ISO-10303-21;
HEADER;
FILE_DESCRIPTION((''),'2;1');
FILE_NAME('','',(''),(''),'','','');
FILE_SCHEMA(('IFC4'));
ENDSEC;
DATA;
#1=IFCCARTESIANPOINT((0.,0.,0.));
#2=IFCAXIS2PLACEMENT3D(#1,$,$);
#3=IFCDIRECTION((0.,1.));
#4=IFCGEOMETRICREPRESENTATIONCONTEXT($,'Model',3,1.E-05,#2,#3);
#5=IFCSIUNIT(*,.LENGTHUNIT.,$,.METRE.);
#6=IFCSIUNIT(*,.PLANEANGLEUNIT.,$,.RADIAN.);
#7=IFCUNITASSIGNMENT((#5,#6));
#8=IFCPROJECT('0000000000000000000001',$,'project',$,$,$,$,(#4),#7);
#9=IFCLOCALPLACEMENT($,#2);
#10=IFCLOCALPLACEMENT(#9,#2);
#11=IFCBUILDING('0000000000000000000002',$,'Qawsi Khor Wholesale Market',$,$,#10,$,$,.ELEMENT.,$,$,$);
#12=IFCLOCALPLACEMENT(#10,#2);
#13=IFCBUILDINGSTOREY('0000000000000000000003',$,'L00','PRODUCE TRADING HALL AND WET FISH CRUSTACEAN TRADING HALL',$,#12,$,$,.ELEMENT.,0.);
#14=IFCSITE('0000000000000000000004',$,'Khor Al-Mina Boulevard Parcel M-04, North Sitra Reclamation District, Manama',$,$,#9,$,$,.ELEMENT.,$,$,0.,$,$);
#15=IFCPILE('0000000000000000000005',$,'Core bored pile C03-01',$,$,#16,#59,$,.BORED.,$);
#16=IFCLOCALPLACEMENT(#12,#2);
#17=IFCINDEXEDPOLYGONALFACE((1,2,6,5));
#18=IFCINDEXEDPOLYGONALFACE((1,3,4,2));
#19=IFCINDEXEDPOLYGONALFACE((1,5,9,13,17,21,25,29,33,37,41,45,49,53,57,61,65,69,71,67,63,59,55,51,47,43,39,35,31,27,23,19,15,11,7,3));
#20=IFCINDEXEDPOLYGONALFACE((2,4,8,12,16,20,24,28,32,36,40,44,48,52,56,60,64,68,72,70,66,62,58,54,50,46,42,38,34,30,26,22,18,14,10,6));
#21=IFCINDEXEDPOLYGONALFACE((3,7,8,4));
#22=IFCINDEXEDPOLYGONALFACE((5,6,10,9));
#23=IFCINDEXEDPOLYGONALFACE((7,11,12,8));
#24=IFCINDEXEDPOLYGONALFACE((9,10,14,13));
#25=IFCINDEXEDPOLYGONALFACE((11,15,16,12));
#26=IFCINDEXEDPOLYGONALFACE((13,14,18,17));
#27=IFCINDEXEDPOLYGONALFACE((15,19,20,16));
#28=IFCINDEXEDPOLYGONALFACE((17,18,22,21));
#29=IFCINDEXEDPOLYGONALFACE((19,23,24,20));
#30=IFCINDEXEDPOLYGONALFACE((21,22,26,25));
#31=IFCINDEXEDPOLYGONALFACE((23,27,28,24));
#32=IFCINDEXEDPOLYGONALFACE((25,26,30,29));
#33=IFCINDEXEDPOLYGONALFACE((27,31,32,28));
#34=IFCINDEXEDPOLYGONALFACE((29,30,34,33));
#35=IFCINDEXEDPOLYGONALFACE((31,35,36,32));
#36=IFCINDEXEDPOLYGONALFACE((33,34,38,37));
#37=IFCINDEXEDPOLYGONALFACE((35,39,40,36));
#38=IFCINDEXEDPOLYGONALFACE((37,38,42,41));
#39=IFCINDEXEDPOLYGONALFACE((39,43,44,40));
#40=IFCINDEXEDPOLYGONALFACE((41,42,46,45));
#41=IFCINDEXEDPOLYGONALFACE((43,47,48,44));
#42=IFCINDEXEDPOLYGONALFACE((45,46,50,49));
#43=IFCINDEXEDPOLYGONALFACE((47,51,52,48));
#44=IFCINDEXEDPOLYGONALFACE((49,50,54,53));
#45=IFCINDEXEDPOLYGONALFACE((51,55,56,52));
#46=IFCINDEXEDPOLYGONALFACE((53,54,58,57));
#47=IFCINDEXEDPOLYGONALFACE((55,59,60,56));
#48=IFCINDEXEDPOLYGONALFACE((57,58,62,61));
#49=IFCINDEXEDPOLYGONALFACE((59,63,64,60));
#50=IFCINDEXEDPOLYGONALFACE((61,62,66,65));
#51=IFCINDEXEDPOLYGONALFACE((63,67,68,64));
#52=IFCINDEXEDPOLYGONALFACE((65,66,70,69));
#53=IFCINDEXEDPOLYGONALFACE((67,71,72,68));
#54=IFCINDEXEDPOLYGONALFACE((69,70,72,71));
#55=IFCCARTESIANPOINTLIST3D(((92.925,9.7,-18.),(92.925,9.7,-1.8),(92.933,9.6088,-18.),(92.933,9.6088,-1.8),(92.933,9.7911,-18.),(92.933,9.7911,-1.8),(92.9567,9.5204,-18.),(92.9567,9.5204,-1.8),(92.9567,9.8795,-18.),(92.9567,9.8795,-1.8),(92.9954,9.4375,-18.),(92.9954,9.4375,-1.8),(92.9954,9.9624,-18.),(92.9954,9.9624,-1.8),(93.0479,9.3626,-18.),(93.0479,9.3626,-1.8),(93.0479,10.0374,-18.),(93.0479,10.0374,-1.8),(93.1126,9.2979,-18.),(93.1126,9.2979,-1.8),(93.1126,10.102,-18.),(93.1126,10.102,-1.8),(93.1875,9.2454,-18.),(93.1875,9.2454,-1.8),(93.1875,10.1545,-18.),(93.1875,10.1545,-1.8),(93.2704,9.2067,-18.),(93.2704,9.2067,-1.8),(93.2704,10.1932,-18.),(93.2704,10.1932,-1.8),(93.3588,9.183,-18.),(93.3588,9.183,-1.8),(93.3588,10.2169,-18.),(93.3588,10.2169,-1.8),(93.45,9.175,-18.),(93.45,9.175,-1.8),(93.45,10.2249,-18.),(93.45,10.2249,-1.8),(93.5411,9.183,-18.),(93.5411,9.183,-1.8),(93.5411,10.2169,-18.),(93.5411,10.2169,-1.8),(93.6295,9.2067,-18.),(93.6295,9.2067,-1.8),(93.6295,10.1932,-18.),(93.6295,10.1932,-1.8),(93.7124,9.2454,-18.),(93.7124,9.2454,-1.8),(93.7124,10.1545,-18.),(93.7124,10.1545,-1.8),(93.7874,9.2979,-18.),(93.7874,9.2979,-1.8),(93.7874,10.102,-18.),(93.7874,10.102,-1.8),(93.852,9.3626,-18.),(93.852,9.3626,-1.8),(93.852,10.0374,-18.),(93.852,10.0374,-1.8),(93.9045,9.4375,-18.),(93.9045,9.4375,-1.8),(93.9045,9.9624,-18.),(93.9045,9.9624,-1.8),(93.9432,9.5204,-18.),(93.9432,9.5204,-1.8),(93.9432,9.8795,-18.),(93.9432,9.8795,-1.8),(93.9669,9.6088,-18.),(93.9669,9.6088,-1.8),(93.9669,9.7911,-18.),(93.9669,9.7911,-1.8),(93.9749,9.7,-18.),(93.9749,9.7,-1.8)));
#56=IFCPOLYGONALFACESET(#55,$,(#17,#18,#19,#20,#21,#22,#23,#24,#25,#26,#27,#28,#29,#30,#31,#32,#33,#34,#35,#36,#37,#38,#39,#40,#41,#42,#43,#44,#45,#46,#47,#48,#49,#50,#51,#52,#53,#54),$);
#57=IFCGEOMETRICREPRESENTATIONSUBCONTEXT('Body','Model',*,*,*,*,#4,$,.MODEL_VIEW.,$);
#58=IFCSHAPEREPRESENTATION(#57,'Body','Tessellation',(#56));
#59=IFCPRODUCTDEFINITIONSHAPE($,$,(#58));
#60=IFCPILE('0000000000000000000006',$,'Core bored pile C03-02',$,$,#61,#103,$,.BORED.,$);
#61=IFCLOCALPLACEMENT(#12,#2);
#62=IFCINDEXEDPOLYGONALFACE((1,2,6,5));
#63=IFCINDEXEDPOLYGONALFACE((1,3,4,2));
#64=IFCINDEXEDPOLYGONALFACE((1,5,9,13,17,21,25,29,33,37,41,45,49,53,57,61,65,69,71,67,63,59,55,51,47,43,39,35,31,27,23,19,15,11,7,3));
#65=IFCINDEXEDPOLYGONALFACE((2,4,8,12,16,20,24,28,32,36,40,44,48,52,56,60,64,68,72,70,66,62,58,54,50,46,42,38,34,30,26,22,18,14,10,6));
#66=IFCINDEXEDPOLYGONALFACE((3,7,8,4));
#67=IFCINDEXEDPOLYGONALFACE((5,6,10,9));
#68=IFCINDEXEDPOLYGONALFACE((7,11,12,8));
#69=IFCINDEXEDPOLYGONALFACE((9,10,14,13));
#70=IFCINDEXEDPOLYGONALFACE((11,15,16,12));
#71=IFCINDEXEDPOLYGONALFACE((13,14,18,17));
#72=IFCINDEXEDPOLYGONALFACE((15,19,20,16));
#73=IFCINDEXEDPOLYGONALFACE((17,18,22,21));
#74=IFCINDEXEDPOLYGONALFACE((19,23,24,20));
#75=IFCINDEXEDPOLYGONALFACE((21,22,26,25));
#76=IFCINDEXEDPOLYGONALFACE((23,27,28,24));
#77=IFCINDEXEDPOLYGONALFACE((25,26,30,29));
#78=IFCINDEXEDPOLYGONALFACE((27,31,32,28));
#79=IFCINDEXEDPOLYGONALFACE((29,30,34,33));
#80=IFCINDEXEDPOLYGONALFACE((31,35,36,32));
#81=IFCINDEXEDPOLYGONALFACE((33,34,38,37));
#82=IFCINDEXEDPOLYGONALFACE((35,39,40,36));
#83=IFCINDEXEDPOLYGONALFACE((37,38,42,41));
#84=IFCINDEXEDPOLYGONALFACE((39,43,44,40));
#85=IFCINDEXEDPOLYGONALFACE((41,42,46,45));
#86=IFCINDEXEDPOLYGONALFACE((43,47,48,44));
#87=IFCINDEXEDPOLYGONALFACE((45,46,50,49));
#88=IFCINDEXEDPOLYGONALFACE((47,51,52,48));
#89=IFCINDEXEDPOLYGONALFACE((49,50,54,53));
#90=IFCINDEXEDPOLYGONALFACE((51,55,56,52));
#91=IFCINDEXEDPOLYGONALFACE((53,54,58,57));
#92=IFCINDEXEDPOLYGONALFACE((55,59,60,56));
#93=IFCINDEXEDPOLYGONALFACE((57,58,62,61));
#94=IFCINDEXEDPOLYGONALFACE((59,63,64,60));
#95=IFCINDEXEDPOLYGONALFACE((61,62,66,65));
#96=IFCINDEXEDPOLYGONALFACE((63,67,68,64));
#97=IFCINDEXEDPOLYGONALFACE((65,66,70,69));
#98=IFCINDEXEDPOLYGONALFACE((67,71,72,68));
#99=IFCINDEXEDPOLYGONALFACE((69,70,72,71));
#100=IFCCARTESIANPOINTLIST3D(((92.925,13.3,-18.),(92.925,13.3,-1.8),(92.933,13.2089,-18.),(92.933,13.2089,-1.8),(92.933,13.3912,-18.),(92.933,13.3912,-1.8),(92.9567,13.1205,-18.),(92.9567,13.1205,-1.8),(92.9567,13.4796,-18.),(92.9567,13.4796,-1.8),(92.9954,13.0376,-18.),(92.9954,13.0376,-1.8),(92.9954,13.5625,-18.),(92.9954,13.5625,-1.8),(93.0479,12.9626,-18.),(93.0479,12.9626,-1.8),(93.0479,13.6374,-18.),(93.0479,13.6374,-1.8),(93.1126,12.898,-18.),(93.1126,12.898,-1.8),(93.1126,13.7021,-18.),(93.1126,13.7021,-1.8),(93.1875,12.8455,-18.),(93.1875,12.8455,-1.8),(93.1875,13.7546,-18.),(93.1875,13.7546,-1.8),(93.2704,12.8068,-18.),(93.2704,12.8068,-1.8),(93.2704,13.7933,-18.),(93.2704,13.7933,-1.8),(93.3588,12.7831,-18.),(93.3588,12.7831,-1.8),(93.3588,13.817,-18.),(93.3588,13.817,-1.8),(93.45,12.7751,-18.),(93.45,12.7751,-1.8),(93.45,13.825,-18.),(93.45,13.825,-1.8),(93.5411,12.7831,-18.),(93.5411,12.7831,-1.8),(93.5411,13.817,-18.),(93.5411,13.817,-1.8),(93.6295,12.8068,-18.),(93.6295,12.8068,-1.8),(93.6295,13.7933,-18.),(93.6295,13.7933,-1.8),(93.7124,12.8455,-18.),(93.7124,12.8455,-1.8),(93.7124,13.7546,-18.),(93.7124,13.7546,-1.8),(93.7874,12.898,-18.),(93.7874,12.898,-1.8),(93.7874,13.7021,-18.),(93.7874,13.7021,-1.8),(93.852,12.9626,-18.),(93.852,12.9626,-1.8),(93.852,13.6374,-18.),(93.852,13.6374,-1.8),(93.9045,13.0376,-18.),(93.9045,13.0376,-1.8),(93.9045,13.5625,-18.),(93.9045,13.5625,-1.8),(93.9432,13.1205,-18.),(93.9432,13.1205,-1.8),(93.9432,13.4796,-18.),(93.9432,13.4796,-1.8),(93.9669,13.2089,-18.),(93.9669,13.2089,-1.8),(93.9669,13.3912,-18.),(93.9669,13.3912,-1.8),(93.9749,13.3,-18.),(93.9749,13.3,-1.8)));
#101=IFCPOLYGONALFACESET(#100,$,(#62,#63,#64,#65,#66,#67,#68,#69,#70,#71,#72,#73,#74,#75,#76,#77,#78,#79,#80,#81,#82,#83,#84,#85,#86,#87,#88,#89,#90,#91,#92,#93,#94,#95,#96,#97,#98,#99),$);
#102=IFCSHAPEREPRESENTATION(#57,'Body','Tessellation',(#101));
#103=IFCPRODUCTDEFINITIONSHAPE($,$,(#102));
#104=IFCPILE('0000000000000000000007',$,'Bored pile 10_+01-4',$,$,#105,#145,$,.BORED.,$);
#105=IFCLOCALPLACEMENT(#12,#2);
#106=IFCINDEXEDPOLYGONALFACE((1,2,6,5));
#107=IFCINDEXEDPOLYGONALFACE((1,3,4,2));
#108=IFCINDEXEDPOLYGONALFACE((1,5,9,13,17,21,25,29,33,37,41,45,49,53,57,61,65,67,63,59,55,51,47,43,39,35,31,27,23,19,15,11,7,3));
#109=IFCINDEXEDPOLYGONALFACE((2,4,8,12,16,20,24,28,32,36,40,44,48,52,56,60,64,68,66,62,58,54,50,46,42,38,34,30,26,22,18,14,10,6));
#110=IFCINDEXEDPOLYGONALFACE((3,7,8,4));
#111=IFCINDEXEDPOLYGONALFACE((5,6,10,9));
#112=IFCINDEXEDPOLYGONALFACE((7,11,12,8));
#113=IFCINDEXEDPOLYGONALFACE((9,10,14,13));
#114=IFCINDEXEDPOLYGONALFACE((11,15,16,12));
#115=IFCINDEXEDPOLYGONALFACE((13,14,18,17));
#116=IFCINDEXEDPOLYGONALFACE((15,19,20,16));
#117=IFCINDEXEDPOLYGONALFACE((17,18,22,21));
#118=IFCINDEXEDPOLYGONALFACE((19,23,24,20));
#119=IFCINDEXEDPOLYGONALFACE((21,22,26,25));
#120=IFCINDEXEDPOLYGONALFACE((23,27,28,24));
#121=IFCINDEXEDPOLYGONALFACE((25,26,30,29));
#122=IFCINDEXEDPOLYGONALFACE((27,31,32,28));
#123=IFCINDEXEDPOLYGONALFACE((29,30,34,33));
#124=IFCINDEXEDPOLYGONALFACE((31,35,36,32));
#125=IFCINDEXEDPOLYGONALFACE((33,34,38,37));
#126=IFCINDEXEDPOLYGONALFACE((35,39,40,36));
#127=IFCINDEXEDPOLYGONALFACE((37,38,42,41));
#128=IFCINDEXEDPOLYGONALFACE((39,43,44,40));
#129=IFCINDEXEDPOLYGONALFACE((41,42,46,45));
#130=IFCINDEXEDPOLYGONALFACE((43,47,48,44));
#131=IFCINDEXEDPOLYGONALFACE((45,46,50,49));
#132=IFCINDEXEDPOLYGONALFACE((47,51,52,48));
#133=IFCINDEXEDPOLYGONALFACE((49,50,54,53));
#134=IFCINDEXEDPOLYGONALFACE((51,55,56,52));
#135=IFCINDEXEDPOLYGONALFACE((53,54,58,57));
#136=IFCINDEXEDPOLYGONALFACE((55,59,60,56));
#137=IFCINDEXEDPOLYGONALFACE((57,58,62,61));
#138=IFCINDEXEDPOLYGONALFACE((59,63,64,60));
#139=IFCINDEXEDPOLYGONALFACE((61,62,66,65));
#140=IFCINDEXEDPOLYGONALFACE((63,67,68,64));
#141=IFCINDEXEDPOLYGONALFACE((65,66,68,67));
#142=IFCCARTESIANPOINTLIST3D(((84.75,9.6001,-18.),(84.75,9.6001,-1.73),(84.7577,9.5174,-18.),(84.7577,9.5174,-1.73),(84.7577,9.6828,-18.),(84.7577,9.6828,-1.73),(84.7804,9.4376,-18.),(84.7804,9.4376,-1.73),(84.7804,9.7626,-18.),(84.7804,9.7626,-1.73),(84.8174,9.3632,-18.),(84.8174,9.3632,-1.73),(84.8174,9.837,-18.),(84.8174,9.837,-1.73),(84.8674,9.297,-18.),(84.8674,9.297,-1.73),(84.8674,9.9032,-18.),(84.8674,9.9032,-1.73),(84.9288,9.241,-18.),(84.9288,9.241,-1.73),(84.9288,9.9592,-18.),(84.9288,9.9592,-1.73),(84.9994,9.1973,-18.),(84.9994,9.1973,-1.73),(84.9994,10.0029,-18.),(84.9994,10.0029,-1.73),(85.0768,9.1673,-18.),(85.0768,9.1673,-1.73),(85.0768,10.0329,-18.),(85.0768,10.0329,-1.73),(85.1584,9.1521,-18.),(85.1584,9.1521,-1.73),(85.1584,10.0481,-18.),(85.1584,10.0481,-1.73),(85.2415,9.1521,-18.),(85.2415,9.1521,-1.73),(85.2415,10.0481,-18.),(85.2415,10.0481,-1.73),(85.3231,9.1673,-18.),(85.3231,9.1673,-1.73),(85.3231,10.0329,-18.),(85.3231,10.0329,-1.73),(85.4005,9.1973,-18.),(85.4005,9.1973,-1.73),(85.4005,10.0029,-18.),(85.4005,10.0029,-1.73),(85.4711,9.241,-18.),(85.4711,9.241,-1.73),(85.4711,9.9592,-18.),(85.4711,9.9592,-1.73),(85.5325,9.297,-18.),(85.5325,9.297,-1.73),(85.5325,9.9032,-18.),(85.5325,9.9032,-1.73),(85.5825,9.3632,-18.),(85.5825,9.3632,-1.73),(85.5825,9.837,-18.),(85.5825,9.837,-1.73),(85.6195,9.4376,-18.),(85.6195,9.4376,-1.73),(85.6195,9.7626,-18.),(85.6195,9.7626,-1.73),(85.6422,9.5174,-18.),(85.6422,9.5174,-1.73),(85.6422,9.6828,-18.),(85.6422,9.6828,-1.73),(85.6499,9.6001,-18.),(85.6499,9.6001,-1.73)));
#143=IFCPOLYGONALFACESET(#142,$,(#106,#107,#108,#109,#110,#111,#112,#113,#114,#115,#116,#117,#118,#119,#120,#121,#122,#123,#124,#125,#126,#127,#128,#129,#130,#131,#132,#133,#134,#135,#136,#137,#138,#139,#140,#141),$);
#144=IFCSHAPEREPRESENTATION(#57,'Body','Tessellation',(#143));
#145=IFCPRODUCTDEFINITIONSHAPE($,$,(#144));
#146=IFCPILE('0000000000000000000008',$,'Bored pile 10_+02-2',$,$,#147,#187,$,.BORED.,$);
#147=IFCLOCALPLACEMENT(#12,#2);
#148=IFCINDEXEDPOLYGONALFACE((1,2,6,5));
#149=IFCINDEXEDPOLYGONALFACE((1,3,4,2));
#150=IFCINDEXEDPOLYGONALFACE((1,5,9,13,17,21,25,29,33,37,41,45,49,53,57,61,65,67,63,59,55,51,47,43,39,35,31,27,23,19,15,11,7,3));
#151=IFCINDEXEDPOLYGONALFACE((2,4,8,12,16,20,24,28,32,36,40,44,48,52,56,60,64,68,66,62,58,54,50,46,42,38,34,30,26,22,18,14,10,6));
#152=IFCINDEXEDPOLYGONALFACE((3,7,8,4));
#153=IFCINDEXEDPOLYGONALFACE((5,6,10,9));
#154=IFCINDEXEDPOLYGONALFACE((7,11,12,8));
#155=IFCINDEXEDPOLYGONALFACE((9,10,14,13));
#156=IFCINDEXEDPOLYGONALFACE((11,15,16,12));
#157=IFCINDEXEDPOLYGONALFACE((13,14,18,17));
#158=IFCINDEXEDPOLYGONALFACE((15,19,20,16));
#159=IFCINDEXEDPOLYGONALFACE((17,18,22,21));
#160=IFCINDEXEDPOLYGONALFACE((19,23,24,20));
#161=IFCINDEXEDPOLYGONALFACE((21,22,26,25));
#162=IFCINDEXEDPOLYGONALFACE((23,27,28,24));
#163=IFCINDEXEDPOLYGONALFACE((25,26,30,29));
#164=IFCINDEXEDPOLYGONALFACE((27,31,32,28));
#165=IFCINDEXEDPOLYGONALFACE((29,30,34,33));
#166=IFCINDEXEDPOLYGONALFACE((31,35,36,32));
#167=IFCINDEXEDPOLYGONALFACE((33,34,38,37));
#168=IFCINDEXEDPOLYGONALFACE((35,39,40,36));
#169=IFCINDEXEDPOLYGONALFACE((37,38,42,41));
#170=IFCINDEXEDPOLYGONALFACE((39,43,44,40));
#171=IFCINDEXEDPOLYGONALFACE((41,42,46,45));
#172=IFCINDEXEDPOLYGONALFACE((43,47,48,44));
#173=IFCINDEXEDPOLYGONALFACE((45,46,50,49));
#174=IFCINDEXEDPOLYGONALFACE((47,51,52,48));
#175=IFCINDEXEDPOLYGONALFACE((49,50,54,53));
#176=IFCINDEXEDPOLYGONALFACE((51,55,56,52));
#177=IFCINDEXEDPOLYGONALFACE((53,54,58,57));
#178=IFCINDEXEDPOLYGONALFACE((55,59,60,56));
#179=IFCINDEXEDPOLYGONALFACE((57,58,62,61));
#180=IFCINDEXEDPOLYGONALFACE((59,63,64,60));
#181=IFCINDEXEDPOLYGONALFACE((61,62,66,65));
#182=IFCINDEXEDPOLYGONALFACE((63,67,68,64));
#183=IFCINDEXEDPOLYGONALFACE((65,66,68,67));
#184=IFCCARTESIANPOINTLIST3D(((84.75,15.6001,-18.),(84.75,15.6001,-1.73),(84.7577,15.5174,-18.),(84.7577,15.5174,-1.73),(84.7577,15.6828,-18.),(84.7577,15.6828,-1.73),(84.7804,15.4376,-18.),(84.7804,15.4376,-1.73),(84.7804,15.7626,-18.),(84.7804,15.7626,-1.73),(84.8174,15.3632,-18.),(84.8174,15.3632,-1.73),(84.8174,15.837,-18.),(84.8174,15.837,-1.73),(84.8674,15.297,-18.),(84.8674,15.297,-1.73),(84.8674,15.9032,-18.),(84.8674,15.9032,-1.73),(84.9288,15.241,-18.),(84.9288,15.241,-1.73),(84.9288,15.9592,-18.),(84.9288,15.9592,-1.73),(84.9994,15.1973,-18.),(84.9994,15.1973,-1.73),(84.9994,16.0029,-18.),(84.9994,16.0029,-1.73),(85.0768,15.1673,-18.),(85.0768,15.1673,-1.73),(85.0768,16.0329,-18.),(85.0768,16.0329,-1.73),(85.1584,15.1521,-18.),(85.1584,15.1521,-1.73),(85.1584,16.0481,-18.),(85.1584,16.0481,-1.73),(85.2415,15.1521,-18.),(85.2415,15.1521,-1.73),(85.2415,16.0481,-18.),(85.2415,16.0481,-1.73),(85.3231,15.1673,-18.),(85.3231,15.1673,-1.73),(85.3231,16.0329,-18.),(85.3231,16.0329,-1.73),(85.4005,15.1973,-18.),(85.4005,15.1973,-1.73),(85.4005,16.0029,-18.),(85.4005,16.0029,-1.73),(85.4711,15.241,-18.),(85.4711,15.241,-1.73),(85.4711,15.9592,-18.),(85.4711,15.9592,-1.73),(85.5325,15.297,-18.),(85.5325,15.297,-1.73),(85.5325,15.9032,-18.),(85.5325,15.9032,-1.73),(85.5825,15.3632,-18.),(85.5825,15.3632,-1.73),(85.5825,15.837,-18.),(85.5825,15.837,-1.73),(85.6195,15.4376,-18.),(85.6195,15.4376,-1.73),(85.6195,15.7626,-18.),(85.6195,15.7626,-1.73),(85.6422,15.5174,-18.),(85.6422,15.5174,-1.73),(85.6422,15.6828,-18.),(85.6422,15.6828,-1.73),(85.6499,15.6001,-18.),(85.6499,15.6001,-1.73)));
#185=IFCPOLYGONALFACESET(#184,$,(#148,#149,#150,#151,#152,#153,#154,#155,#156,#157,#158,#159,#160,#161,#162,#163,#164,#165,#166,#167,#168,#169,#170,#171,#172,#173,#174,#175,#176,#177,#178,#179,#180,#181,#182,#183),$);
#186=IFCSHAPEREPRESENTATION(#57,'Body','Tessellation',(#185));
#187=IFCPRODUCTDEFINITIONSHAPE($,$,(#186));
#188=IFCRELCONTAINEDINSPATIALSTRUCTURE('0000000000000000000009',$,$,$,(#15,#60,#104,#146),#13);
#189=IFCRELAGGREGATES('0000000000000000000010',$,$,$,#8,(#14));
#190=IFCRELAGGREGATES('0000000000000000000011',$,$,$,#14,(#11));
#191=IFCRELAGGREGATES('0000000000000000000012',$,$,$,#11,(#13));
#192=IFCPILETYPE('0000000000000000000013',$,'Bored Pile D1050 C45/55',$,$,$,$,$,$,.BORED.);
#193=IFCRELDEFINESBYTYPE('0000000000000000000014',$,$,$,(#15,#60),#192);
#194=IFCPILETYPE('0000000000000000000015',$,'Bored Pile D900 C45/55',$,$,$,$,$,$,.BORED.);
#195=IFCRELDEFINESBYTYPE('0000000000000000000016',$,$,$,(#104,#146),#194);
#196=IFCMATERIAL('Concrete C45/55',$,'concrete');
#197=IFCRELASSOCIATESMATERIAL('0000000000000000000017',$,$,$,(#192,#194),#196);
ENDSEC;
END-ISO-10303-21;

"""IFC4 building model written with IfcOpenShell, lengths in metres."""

from ifc_helpers import new_model, si_unit, direction, frame, origin, origin_2d, place, context, subcontext, project, spatial, circle, extrude, material, material_profile, profile_set, type_object, element, save


model = new_model("IFC4")

# Units and contexts
model_context = context("Model", 3, precision=1e-05, world=origin(), true_north=direction((0.0, 1.0)))
body_context = subcontext(model_context, "Body", "Model", "MODEL_VIEW")
ifc_project = project(units=[si_unit("LENGTHUNIT", "METRE"), si_unit("PLANEANGLEUNIT", "RADIAN")], contexts=[model_context])

# Site, building, storey
site_placement = place(None, origin())
site = spatial("IfcSite", under=ifc_project, at=site_placement, Name="Khor Al-Mina Boulevard Parcel M-04, North Sitra Reclamation District, Manama", CompositionType="ELEMENT", RefElevation=0.0)
building_placement = place(site_placement, origin())
building = spatial("IfcBuilding", under=site, at=building_placement, Name="Qawsi Khor Wholesale Market", CompositionType="ELEMENT")
storey_placement = place(building_placement, origin())
storey = spatial("IfcBuildingStorey", under=building, at=storey_placement, Name="L00", Description="PRODUCE TRADING HALL AND WET FISH CRUSTACEAN TRADING HALL", CompositionType="ELEMENT", Elevation=0.0)

# Piles
ifc_material_1 = material(Name="Concrete C45/55", Category="concrete")
ifc_material_profile_1 = material_profile(ifc_material_1, circle(Radius=0.5249, at=origin_2d()), Name="PILE D1050")
ifc_profile_set_1 = profile_set([ifc_material_profile_1], Name="Concrete C45/55")
pile_type_1 = type_object("IfcPileType", Name="Bored Pile D1050 C45/55", PredefinedType="BORED", material=ifc_profile_set_1)
for number, where, z_axis, x_axis, name in (
    (1, (93.45, 9.7, -1.8), (0.0, 0.0, -1.0), (1.0, 0.0, 0.0), "Core bored pile C03-01"),
    (2, (93.45, 13.3, -1.8), (0.0, 0.0, -1.0), (1.0, 0.0, 0.0), "Core bored pile C03-02"),
):
    element("IfcPile", number, at=place(storey_placement, frame(where, z_axis=z_axis, x_axis=x_axis)), inside=storey, type_object=pile_type_1, Name=name, PredefinedType="BORED", context=body_context, shape_type="SweptSolid", body=[
        extrude(circle(Radius=0.5249, at=origin_2d()), origin(), (0.0, 0.0, 1.0), 16.2),
    ])
ifc_material_profile_2 = material_profile(ifc_material_1, circle(Radius=0.45, at=origin_2d()), Name="PILE D900")
ifc_profile_set_2 = profile_set([ifc_material_profile_2], Name="Concrete C45/55")
pile_type_2 = type_object("IfcPileType", Name="Bored Pile D900 C45/55", PredefinedType="BORED", material=ifc_profile_set_2)
for number, where, z_axis, x_axis, name in (
    (3, (85.2, 9.6001, -1.73), (0.0, 0.0, -1.0), (1.0, 0.0, 0.0), "Bored pile 10_+01-4"),
    (4, (85.2, 15.6001, -1.73), (0.0, 0.0, -1.0), (1.0, 0.0, 0.0), "Bored pile 10_+02-2"),
):
    element("IfcPile", number, at=place(storey_placement, frame(where, z_axis=z_axis, x_axis=x_axis)), inside=storey, type_object=pile_type_2, Name=name, PredefinedType="BORED", context=body_context, shape_type="SweptSolid", body=[
        extrude(circle(Radius=0.45, at=origin_2d()), origin(), (0.0, 0.0, 1.0), 16.27),
    ])

save(model, "model.ifc")
